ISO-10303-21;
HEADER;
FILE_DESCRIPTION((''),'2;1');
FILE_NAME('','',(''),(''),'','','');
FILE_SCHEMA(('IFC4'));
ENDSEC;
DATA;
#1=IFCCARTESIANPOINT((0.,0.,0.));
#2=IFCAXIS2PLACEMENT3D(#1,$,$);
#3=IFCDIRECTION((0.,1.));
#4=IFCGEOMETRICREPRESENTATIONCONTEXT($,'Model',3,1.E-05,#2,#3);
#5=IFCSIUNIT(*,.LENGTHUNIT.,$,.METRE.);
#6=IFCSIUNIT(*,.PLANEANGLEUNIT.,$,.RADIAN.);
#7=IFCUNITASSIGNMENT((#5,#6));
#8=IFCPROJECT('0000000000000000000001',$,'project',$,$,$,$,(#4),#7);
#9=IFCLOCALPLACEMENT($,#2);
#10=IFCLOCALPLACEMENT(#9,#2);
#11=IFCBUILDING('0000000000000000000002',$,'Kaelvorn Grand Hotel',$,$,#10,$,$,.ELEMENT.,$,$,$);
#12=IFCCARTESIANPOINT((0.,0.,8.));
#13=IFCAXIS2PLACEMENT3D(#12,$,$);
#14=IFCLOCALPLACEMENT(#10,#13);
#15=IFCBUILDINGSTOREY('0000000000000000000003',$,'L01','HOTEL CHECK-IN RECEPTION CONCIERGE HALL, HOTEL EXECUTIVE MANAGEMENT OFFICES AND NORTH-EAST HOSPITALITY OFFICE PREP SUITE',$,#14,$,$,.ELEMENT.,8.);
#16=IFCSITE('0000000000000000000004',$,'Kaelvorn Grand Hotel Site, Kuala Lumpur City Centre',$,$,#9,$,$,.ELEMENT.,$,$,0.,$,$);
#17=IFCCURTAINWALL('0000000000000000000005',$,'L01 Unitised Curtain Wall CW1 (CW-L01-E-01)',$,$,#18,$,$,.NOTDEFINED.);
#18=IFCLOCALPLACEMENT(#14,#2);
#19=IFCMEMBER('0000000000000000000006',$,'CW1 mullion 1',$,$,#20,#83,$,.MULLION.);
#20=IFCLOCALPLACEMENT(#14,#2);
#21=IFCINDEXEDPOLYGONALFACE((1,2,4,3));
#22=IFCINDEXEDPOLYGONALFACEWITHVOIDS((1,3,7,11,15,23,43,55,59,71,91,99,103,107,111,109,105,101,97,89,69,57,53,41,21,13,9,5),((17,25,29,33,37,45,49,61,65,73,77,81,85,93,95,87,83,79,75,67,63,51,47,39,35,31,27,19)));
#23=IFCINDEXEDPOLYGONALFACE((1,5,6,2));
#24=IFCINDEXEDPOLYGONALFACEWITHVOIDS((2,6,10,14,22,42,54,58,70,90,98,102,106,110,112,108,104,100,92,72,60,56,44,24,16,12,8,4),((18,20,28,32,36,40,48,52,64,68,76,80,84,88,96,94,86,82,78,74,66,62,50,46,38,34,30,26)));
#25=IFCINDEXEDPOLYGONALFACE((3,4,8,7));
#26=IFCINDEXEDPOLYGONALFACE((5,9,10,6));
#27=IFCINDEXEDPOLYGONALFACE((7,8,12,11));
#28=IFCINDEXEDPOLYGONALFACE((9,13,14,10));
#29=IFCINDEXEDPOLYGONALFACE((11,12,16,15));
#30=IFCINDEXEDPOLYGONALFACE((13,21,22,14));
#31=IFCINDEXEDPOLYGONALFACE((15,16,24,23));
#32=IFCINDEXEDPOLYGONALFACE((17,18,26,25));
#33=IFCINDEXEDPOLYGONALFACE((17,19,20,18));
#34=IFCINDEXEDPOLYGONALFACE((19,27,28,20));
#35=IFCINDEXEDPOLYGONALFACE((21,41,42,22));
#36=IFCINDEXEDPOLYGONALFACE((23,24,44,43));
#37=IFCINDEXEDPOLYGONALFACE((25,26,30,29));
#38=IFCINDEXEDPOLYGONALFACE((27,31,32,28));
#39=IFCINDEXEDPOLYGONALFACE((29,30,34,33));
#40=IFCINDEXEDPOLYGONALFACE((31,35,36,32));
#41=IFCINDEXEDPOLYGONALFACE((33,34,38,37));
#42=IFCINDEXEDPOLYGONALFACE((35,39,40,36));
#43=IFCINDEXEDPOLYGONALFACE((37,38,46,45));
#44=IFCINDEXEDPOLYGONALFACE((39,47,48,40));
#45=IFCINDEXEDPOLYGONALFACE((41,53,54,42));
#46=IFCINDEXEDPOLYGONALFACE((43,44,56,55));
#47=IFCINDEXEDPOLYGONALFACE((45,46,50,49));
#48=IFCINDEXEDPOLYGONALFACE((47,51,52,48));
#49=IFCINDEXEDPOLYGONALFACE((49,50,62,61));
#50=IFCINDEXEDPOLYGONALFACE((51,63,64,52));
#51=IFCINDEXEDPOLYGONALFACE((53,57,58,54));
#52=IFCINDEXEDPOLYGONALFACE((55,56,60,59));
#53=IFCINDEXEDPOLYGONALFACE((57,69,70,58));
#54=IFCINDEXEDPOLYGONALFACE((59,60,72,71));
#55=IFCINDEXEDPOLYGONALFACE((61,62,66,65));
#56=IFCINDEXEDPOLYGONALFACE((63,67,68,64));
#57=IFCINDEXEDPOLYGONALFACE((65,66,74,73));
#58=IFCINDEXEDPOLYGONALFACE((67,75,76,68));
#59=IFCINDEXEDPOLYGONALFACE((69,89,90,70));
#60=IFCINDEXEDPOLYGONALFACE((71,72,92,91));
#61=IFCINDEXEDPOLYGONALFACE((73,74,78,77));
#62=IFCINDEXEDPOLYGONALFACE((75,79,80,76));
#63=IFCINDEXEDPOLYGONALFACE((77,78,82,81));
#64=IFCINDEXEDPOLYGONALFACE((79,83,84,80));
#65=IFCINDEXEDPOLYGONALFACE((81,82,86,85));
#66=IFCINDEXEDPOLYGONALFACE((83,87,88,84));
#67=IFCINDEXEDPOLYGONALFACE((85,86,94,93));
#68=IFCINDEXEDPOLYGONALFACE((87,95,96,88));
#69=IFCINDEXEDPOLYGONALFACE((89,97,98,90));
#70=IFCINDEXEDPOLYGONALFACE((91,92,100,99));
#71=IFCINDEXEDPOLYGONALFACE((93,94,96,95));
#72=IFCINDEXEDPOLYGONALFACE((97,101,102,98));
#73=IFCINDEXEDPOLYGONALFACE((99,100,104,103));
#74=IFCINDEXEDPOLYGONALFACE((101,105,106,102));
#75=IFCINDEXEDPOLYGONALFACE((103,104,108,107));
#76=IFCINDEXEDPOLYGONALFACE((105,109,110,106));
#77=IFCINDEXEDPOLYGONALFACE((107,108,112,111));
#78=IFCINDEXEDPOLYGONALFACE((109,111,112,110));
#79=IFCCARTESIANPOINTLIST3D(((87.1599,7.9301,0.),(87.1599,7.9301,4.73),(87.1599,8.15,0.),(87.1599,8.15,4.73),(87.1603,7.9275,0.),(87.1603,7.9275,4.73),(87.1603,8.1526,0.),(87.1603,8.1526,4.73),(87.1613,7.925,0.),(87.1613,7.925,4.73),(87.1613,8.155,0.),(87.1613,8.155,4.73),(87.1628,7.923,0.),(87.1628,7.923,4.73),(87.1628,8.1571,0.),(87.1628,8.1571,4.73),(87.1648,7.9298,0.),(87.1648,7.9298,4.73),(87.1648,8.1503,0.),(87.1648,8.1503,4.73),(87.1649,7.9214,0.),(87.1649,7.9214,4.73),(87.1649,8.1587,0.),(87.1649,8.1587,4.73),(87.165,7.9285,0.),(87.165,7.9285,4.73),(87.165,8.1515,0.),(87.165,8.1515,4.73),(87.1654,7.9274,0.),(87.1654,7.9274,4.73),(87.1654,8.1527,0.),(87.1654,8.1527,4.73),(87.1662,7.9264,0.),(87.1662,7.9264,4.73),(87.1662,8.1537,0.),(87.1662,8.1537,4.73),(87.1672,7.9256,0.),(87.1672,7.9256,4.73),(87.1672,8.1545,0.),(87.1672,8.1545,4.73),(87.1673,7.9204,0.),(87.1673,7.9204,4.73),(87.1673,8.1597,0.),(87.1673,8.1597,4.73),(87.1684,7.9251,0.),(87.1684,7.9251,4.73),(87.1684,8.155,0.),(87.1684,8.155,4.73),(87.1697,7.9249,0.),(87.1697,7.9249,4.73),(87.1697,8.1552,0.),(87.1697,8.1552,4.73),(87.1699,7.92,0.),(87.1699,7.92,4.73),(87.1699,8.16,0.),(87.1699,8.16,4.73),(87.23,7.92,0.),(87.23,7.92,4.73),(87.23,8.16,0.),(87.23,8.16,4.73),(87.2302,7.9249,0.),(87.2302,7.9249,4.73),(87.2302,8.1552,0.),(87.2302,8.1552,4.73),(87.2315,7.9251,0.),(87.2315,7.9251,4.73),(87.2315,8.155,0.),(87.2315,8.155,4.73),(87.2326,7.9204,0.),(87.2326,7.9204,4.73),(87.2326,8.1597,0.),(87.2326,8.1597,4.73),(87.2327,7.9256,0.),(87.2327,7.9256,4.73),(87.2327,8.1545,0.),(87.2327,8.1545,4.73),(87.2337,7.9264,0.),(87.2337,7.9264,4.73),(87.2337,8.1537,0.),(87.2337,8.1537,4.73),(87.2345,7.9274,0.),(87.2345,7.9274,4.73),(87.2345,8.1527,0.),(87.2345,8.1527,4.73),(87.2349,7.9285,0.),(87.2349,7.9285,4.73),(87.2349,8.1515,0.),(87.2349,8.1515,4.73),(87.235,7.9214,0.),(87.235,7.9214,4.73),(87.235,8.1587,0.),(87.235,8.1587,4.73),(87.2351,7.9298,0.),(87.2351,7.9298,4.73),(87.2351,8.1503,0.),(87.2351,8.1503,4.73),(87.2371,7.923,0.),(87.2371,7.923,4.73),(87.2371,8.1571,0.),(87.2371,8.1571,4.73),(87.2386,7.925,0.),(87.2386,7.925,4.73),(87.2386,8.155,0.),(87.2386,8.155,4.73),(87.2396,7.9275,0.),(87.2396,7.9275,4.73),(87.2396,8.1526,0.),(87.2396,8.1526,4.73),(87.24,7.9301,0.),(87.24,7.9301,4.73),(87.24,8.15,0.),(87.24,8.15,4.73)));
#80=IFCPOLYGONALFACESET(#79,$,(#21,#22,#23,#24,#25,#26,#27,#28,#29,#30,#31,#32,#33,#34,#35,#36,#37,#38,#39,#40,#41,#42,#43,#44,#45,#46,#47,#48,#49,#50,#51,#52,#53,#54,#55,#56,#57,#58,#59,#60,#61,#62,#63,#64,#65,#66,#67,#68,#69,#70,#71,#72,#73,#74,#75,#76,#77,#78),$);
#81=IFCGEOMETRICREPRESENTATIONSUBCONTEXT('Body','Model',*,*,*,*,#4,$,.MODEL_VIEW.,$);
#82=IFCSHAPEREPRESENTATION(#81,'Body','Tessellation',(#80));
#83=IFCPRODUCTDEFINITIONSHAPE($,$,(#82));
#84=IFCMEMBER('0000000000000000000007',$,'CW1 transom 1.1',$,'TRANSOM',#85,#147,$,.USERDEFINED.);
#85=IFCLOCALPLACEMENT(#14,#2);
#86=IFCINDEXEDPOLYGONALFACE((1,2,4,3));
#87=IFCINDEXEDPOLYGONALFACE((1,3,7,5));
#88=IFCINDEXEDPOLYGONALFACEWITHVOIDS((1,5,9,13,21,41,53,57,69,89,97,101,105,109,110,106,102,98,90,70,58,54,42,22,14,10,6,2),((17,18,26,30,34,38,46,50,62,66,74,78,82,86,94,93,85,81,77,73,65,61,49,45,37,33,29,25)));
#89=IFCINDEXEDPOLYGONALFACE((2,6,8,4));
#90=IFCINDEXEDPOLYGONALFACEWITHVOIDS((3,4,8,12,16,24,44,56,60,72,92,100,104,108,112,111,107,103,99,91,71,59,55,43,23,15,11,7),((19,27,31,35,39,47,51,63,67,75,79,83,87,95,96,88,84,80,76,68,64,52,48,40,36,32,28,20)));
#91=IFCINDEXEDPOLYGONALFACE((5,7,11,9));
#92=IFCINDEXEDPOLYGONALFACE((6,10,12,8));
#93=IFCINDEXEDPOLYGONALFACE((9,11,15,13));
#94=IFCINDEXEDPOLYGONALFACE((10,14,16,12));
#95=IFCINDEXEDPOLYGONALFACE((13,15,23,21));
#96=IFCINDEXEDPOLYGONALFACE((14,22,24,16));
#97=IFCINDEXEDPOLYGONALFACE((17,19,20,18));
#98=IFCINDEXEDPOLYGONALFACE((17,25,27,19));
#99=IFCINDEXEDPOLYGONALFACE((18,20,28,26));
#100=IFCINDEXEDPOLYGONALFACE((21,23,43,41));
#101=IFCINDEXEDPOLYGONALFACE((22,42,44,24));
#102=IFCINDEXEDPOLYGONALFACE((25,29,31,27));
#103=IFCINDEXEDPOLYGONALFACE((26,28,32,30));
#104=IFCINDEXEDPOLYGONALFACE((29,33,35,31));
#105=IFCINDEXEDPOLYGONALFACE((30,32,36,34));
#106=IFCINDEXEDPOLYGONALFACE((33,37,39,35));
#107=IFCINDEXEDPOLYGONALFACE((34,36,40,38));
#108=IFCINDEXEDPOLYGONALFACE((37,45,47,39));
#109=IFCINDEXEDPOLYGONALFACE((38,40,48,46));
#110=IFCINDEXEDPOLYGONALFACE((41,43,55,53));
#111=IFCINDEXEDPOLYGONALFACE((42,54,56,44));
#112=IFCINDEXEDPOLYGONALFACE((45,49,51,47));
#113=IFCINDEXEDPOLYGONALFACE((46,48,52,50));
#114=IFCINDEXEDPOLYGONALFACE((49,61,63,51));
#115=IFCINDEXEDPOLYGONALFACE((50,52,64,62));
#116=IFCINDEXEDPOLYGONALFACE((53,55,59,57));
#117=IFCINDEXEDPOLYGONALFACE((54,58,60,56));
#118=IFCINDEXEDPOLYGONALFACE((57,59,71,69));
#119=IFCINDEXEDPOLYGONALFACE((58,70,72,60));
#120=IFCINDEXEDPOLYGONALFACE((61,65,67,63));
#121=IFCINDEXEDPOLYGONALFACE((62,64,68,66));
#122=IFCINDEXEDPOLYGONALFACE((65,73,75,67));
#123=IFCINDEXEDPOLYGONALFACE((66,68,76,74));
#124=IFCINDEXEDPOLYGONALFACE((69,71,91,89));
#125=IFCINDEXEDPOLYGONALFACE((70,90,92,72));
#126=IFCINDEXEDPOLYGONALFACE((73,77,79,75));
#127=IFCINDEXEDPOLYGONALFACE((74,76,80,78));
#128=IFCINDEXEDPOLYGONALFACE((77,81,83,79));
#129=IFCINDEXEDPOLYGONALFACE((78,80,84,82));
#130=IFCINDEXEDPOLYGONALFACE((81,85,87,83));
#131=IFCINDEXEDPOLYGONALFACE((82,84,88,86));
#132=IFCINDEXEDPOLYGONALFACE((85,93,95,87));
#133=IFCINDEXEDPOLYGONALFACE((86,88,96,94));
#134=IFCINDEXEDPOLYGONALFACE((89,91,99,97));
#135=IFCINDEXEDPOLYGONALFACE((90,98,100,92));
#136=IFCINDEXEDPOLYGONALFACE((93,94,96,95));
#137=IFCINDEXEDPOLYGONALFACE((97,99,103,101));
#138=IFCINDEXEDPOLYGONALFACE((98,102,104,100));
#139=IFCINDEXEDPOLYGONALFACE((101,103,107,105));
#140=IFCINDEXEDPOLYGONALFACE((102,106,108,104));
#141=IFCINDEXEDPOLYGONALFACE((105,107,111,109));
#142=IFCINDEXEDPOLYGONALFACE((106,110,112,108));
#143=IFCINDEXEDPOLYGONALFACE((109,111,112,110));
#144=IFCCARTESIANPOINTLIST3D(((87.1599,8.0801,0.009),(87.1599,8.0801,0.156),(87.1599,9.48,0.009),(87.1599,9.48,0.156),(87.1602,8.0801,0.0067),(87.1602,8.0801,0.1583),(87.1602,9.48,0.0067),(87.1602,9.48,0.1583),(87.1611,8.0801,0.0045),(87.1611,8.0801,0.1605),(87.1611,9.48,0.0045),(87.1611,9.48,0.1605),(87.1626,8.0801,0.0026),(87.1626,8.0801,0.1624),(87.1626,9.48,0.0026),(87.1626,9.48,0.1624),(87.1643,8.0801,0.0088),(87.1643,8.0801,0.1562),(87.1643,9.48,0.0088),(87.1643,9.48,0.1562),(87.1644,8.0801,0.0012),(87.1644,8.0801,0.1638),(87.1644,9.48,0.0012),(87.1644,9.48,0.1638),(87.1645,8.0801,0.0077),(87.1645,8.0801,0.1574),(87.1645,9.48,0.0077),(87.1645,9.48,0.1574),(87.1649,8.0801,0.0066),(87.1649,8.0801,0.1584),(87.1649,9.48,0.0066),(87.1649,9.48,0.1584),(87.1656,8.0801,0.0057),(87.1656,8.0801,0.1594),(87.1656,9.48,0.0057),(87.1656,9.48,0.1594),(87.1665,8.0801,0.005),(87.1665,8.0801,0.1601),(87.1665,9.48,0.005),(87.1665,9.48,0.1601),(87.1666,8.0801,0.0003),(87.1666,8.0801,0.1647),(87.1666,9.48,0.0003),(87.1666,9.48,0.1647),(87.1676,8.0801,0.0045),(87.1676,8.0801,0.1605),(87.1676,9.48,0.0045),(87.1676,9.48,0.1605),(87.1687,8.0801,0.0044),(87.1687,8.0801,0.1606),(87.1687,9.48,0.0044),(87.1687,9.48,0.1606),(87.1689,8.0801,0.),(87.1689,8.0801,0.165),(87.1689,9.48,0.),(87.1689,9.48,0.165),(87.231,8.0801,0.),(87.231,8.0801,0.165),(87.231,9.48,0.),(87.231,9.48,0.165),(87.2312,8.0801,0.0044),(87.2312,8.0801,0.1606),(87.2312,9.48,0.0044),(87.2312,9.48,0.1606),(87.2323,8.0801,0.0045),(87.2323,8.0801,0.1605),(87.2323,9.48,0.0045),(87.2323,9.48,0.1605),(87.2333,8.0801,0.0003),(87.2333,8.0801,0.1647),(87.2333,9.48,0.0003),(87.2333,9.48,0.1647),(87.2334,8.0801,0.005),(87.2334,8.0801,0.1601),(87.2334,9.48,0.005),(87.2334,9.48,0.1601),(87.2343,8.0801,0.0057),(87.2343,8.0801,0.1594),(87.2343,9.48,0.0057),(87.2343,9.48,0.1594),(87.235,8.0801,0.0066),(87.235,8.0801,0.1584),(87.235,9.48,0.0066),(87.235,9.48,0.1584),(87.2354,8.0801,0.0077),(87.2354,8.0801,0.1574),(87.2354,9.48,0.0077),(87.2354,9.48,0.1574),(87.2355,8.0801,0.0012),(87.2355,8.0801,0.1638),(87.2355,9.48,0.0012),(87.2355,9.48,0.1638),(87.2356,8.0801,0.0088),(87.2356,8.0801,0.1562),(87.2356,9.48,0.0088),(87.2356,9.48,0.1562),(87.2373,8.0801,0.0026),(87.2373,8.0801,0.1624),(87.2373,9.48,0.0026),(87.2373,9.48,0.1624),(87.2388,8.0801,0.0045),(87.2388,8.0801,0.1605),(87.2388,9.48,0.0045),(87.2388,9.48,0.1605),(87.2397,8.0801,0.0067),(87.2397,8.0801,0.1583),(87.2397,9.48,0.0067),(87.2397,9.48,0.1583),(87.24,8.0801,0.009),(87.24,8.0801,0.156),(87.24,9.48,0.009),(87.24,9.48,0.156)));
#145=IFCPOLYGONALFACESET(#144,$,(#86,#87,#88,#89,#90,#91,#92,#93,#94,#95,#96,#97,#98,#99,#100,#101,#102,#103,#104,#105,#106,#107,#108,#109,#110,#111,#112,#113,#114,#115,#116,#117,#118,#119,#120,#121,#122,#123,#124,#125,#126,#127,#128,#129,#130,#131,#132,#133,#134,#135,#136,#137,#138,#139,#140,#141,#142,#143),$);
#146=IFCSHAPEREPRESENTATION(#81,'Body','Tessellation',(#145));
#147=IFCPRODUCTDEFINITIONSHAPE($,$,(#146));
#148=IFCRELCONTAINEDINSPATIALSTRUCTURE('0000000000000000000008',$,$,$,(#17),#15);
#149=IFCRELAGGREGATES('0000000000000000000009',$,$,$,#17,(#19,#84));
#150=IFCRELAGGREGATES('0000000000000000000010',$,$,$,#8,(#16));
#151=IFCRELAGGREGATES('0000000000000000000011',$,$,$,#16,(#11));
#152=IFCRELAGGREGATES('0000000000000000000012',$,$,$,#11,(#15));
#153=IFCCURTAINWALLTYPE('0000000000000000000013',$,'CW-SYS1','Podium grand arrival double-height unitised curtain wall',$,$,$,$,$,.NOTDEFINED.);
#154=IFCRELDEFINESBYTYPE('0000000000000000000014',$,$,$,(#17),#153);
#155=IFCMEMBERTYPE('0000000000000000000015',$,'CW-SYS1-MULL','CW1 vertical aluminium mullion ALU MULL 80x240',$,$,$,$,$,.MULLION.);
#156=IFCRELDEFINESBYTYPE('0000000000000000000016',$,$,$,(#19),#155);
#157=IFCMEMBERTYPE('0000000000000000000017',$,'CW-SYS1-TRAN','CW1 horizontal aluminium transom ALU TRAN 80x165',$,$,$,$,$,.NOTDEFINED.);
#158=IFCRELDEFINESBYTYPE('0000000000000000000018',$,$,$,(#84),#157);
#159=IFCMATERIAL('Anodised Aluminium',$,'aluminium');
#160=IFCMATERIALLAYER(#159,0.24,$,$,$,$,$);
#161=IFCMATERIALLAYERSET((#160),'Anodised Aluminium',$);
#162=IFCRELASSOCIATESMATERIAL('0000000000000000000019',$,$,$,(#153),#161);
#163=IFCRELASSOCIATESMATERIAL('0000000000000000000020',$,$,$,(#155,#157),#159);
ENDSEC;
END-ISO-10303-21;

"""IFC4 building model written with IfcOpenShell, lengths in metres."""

from ifc_helpers import new_model, si_unit, direction, frame, origin, origin_2d, place, context, subcontext, project, spatial, hollow_rectangle, extrude, material, layer, layer_set, material_profile, profile_set, type_object, element, aggregate, save


model = new_model("IFC4")

# Units and contexts
model_context = context("Model", 3, precision=1e-05, world=origin(), true_north=direction((0.0, 1.0)))
body_context = subcontext(model_context, "Body", "Model", "MODEL_VIEW")
ifc_project = project(units=[si_unit("LENGTHUNIT", "METRE"), si_unit("PLANEANGLEUNIT", "RADIAN")], contexts=[model_context])

# Site, building, storey
site_placement = place(None, origin())
site = spatial("IfcSite", under=ifc_project, at=site_placement, Name="Kaelvorn Grand Hotel Site, Kuala Lumpur City Centre", CompositionType="ELEMENT", RefElevation=0.0)
building_placement = place(site_placement, origin())
building = spatial("IfcBuilding", under=site, at=building_placement, Name="Kaelvorn Grand Hotel", CompositionType="ELEMENT")
storey_placement = place(building_placement, frame((0.0, 0.0, 8.0)))
storey = spatial("IfcBuildingStorey", under=building, at=storey_placement, Name="L01", Description="HOTEL CHECK-IN RECEPTION CONCIERGE HALL, HOTEL EXECUTIVE MANAGEMENT OFFICES AND NORTH-EAST HOSPITALITY OFFICE PREP SUITE", CompositionType="ELEMENT", Elevation=8.0)

# Shared definitions
ifc_material_1 = material(Name="Anodised Aluminium", Category="aluminium")
ifc_layer_1 = layer(ifc_material_1, 0.24)
ifc_layer_set_1 = layer_set([ifc_layer_1], Name="Anodised Aluminium")
curtain_wall_type = type_object("IfcCurtainWallType", Name="CW-SYS1", Description="Podium grand arrival double-height unitised curtain wall", PredefinedType="NOTDEFINED", material=ifc_layer_set_1)
ifc_material_profile_1 = material_profile(ifc_material_1, hollow_rectangle(XDim=0.0801, YDim=0.24, WallThickness=0.0049, InnerFilletRadius=0.0049, OuterFilletRadius=0.01, at=origin_2d()), Name="ALU MULL 80x240")
ifc_profile_set_1 = profile_set([ifc_material_profile_1], Name="Anodised Aluminium")
member_type_1 = type_object("IfcMemberType", Name="CW-SYS1-MULL", Description="CW1 vertical aluminium mullion ALU MULL 80x240", PredefinedType="MULLION", material=ifc_profile_set_1)

# Curtain wall, members
curtain_wall_1_placement = place(storey_placement, origin())
curtain_wall_1 = element("IfcCurtainWall", 1, at=curtain_wall_1_placement, inside=storey, type_object=curtain_wall_type, Name="L01 Unitised Curtain Wall CW1 (CW-L01-E-01)", PredefinedType="NOTDEFINED")
member_1_placement = place(storey_placement, frame((87.2, 8.04, 0.0), z_axis=(0.0, 0.0, 1.0), x_axis=(-1.0, 0.0, 0.0)))
member_1 = element("IfcMember", 2, at=member_1_placement, type_object=member_type_1, Name="CW1 mullion 1", PredefinedType="MULLION", context=body_context, shape_type="SweptSolid", body=[
    extrude(hollow_rectangle(XDim=0.0801, YDim=0.24, WallThickness=0.0049, InnerFilletRadius=0.0049, OuterFilletRadius=0.01, at=origin_2d()), origin(), (0.0, 0.0, 1.0), 4.73),
])
ifc_material_profile_2 = material_profile(ifc_material_1, hollow_rectangle(XDim=0.0801, YDim=0.165, WallThickness=0.0044, InnerFilletRadius=0.0044, OuterFilletRadius=0.009, at=origin_2d()), Name="ALU TRAN 80x165")
ifc_profile_set_2 = profile_set([ifc_material_profile_2], Name="Anodised Aluminium")
member_type_2 = type_object("IfcMemberType", Name="CW-SYS1-TRAN", Description="CW1 horizontal aluminium transom ALU TRAN 80x165", PredefinedType="NOTDEFINED", material=ifc_profile_set_2)
member_2_placement = place(storey_placement, frame((87.2, 8.0801, 0.0825), z_axis=(0.0, 1.0, 0.0), x_axis=(-1.0, 0.0, 0.0)))
member_2 = element("IfcMember", 3, at=member_2_placement, type_object=member_type_2, Name="CW1 transom 1.1", ObjectType="TRANSOM", PredefinedType="USERDEFINED", context=body_context, shape_type="SweptSolid", body=[
    extrude(hollow_rectangle(XDim=0.0801, YDim=0.165, WallThickness=0.0044, InnerFilletRadius=0.0044, OuterFilletRadius=0.009, at=origin_2d()), origin(), (0.0, 0.0, 1.0), 1.3999),
])

aggregate(curtain_wall_1, [member_1, member_2])

save(model, "model.ifc")
